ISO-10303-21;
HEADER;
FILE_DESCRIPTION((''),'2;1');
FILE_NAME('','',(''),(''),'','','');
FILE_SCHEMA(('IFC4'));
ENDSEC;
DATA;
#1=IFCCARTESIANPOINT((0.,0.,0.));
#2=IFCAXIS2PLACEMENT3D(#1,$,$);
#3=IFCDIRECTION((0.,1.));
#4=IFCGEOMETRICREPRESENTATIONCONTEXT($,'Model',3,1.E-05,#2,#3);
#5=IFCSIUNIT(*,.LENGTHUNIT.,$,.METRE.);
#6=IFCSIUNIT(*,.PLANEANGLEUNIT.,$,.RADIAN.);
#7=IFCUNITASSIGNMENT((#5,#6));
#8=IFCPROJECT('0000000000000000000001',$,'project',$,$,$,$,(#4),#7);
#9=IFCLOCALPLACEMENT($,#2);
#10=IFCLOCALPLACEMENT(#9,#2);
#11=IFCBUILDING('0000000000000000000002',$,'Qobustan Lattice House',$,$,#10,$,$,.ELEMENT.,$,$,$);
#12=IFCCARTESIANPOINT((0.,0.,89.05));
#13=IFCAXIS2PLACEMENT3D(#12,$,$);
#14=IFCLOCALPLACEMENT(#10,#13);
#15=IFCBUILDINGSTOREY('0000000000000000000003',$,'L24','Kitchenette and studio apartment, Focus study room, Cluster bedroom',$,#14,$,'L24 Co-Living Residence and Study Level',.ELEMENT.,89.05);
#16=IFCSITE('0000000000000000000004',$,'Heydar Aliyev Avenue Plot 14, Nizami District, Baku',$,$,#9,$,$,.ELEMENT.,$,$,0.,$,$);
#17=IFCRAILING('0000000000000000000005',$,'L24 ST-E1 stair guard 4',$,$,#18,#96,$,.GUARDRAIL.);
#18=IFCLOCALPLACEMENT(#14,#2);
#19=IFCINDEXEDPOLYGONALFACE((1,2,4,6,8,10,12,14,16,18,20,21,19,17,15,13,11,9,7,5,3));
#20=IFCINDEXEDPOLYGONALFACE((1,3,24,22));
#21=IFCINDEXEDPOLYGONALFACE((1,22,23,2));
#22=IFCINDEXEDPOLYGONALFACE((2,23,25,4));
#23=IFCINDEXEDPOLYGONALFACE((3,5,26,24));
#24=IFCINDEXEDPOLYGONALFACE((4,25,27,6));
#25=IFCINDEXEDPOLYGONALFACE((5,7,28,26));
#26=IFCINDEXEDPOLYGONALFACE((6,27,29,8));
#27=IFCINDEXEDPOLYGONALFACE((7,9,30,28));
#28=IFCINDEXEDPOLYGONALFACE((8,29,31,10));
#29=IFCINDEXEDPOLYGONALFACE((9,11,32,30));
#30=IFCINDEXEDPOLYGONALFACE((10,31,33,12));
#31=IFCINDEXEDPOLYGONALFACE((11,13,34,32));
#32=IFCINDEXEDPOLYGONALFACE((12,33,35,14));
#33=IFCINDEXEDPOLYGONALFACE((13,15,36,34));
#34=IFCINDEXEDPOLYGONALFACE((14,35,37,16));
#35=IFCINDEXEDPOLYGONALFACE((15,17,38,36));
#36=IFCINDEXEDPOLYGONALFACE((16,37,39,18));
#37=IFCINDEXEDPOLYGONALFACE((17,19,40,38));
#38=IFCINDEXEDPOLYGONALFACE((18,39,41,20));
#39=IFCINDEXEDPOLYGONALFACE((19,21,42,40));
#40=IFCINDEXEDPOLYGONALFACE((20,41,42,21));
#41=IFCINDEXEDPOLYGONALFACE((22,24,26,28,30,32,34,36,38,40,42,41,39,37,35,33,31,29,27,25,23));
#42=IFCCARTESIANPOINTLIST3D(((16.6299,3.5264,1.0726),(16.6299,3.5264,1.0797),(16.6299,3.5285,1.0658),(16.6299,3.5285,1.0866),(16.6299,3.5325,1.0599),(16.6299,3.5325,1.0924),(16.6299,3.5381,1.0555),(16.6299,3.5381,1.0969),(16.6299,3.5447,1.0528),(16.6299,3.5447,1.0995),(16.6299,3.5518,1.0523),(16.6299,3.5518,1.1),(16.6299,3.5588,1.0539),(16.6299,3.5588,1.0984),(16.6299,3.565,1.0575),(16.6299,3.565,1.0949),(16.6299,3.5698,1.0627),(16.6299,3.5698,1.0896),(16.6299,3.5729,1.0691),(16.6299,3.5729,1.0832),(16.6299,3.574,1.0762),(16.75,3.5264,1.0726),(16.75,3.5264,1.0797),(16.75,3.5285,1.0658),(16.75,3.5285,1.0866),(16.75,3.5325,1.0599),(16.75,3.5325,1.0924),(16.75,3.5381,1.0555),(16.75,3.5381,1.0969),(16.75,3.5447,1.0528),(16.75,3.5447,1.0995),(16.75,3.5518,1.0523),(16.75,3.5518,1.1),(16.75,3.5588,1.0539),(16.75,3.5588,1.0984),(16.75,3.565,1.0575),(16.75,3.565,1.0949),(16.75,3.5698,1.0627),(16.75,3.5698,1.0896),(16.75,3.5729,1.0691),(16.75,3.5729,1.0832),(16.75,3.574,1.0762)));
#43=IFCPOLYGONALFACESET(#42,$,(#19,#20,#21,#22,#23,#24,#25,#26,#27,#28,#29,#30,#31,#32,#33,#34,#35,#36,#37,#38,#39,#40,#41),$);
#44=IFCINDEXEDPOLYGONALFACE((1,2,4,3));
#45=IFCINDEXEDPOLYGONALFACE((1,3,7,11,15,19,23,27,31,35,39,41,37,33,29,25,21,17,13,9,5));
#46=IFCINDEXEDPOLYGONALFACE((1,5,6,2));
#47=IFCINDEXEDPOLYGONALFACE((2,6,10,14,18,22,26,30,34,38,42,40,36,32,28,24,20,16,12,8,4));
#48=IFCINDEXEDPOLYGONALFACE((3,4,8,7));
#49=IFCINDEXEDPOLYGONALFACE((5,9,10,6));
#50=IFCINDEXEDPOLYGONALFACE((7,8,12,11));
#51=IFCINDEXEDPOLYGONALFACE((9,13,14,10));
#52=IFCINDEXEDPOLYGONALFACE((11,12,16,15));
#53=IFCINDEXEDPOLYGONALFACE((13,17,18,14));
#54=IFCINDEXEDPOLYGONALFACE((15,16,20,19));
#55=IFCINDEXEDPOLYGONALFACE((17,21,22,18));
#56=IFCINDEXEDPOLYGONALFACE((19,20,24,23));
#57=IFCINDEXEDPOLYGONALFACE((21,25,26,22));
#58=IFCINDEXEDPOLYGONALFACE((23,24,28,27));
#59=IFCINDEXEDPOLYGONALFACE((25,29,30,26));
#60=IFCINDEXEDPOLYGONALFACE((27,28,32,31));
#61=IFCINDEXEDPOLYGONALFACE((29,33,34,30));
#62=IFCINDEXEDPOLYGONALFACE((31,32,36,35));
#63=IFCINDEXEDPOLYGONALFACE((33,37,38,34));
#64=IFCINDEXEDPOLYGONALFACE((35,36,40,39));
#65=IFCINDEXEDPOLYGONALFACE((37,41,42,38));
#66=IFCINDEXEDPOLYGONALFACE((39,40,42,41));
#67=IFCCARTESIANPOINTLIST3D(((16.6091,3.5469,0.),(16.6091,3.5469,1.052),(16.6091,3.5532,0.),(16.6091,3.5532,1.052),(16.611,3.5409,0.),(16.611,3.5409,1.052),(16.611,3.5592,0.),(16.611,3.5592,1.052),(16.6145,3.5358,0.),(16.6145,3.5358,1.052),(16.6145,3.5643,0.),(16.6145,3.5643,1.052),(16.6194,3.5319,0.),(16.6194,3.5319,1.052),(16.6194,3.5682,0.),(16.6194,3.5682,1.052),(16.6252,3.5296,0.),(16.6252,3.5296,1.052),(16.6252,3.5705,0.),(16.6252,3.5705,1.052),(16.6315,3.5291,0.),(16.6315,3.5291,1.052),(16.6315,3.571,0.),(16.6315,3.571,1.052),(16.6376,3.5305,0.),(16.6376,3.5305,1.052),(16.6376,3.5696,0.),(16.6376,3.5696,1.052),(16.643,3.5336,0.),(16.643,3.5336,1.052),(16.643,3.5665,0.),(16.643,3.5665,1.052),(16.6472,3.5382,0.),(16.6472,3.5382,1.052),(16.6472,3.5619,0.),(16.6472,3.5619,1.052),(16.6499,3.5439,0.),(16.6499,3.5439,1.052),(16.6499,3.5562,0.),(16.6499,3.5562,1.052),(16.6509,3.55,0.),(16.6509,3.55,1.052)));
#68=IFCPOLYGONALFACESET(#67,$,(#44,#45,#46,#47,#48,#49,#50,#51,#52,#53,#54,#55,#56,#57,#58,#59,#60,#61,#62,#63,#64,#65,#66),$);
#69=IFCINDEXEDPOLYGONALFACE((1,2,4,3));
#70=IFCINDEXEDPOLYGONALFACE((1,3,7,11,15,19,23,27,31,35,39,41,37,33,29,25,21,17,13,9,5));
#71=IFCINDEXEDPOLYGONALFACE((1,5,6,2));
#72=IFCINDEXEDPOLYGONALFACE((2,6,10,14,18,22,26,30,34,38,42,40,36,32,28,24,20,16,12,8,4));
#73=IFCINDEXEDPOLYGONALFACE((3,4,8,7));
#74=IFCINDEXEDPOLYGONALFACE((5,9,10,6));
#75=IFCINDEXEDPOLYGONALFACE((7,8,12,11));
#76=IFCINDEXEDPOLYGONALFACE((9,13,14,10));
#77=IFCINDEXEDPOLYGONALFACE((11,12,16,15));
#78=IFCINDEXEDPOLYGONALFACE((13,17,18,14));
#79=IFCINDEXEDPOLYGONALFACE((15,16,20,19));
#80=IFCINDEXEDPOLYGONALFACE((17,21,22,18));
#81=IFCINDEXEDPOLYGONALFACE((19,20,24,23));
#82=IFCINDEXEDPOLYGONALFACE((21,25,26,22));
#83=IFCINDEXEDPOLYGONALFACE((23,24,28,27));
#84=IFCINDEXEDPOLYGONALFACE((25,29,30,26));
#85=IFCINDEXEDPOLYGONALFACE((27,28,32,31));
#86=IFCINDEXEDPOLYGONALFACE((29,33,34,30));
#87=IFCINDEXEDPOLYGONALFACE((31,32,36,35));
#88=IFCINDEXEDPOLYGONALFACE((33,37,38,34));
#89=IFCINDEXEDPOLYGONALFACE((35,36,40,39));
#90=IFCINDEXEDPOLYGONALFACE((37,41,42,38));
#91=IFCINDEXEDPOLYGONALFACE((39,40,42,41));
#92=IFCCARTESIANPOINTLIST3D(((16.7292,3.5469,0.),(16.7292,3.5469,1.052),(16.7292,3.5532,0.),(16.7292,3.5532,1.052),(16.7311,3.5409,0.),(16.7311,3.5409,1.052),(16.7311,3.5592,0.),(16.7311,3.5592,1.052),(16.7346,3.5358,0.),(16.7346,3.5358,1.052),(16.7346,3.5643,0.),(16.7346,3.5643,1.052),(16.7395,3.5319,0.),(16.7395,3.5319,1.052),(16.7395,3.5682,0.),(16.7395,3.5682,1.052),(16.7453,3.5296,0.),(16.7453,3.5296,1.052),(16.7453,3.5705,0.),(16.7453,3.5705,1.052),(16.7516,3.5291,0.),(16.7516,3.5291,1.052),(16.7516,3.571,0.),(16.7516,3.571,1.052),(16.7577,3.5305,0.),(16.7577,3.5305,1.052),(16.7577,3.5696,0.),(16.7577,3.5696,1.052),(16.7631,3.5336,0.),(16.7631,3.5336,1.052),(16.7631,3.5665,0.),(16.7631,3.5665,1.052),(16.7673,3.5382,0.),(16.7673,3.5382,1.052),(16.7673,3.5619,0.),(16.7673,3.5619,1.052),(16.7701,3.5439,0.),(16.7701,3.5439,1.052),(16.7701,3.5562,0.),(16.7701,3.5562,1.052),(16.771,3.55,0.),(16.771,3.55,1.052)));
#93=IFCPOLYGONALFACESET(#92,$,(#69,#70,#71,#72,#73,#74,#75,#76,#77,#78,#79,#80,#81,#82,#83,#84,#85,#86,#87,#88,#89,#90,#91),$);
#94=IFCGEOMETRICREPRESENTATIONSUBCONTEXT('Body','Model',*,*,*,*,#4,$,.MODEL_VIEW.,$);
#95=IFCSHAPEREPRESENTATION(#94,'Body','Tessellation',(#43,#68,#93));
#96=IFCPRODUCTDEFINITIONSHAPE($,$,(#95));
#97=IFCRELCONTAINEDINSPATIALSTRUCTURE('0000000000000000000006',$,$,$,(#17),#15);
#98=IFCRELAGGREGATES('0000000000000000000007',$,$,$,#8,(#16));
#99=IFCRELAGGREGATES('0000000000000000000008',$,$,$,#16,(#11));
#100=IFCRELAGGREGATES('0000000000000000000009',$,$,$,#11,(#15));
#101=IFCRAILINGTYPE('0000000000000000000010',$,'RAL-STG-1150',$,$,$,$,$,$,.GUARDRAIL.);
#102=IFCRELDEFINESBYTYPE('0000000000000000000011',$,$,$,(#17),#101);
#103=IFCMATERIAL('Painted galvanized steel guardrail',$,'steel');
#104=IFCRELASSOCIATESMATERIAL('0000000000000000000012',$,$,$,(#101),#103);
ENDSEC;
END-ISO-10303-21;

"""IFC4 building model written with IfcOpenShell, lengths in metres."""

from ifc_helpers import new_model, si_unit, direction, frame, origin, origin_2d, place, context, subcontext, project, spatial, circle, extrude, material, type_object, element, save


model = new_model("IFC4")

# Units and contexts
model_context = context("Model", 3, precision=1e-05, world=origin(), true_north=direction((0.0, 1.0)))
body_context = subcontext(model_context, "Body", "Model", "MODEL_VIEW")
ifc_project = project(units=[si_unit("LENGTHUNIT", "METRE"), si_unit("PLANEANGLEUNIT", "RADIAN")], contexts=[model_context])

# Site, building, storey
site_placement = place(None, origin())
site = spatial("IfcSite", under=ifc_project, at=site_placement, Name="Heydar Aliyev Avenue Plot 14, Nizami District, Baku", CompositionType="ELEMENT", RefElevation=0.0)
building_placement = place(site_placement, origin())
building = spatial("IfcBuilding", under=site, at=building_placement, Name="Qobustan Lattice House", CompositionType="ELEMENT")
storey_placement = place(building_placement, frame((0.0, 0.0, 89.05)))
storey = spatial("IfcBuildingStorey", under=building, at=storey_placement, Name="L24", Description="Kitchenette and studio apartment, Focus study room, Cluster bedroom", LongName="L24 Co-Living Residence and Study Level", CompositionType="ELEMENT", Elevation=89.05)

# Railing
ifc_material_1 = material(Name="Painted galvanized steel guardrail", Category="steel")
railing_type_1 = type_object("IfcRailingType", Name="RAL-STG-1150", PredefinedType="GUARDRAIL", material=ifc_material_1)
railing_1_placement = place(storey_placement, frame((16.6299, 3.55, 0.0)))
element("IfcRailing", 1, at=railing_1_placement, inside=storey, type_object=railing_type_1, Name="L24 ST-E1 stair guard 4", PredefinedType="GUARDRAIL", context=body_context, shape_type="SweptSolid", body=[
    extrude(circle(Radius=0.0239, at=origin_2d()), frame((0.0, 0.0, 1.0762), z_axis=(1.0, 0.0, 0.0), x_axis=(0.0, 1.0, 0.0)), (0.0, 0.0, 1.0), 0.1201),
    extrude(circle(Radius=0.021, at=origin_2d()), origin(), (0.0, 0.0, 1.0), 1.052),
    extrude(circle(Radius=0.021, at=origin_2d()), frame((0.1201, 0.0, 0.0)), (0.0, 0.0, 1.0), 1.052),
])

save(model, "model.ifc")
